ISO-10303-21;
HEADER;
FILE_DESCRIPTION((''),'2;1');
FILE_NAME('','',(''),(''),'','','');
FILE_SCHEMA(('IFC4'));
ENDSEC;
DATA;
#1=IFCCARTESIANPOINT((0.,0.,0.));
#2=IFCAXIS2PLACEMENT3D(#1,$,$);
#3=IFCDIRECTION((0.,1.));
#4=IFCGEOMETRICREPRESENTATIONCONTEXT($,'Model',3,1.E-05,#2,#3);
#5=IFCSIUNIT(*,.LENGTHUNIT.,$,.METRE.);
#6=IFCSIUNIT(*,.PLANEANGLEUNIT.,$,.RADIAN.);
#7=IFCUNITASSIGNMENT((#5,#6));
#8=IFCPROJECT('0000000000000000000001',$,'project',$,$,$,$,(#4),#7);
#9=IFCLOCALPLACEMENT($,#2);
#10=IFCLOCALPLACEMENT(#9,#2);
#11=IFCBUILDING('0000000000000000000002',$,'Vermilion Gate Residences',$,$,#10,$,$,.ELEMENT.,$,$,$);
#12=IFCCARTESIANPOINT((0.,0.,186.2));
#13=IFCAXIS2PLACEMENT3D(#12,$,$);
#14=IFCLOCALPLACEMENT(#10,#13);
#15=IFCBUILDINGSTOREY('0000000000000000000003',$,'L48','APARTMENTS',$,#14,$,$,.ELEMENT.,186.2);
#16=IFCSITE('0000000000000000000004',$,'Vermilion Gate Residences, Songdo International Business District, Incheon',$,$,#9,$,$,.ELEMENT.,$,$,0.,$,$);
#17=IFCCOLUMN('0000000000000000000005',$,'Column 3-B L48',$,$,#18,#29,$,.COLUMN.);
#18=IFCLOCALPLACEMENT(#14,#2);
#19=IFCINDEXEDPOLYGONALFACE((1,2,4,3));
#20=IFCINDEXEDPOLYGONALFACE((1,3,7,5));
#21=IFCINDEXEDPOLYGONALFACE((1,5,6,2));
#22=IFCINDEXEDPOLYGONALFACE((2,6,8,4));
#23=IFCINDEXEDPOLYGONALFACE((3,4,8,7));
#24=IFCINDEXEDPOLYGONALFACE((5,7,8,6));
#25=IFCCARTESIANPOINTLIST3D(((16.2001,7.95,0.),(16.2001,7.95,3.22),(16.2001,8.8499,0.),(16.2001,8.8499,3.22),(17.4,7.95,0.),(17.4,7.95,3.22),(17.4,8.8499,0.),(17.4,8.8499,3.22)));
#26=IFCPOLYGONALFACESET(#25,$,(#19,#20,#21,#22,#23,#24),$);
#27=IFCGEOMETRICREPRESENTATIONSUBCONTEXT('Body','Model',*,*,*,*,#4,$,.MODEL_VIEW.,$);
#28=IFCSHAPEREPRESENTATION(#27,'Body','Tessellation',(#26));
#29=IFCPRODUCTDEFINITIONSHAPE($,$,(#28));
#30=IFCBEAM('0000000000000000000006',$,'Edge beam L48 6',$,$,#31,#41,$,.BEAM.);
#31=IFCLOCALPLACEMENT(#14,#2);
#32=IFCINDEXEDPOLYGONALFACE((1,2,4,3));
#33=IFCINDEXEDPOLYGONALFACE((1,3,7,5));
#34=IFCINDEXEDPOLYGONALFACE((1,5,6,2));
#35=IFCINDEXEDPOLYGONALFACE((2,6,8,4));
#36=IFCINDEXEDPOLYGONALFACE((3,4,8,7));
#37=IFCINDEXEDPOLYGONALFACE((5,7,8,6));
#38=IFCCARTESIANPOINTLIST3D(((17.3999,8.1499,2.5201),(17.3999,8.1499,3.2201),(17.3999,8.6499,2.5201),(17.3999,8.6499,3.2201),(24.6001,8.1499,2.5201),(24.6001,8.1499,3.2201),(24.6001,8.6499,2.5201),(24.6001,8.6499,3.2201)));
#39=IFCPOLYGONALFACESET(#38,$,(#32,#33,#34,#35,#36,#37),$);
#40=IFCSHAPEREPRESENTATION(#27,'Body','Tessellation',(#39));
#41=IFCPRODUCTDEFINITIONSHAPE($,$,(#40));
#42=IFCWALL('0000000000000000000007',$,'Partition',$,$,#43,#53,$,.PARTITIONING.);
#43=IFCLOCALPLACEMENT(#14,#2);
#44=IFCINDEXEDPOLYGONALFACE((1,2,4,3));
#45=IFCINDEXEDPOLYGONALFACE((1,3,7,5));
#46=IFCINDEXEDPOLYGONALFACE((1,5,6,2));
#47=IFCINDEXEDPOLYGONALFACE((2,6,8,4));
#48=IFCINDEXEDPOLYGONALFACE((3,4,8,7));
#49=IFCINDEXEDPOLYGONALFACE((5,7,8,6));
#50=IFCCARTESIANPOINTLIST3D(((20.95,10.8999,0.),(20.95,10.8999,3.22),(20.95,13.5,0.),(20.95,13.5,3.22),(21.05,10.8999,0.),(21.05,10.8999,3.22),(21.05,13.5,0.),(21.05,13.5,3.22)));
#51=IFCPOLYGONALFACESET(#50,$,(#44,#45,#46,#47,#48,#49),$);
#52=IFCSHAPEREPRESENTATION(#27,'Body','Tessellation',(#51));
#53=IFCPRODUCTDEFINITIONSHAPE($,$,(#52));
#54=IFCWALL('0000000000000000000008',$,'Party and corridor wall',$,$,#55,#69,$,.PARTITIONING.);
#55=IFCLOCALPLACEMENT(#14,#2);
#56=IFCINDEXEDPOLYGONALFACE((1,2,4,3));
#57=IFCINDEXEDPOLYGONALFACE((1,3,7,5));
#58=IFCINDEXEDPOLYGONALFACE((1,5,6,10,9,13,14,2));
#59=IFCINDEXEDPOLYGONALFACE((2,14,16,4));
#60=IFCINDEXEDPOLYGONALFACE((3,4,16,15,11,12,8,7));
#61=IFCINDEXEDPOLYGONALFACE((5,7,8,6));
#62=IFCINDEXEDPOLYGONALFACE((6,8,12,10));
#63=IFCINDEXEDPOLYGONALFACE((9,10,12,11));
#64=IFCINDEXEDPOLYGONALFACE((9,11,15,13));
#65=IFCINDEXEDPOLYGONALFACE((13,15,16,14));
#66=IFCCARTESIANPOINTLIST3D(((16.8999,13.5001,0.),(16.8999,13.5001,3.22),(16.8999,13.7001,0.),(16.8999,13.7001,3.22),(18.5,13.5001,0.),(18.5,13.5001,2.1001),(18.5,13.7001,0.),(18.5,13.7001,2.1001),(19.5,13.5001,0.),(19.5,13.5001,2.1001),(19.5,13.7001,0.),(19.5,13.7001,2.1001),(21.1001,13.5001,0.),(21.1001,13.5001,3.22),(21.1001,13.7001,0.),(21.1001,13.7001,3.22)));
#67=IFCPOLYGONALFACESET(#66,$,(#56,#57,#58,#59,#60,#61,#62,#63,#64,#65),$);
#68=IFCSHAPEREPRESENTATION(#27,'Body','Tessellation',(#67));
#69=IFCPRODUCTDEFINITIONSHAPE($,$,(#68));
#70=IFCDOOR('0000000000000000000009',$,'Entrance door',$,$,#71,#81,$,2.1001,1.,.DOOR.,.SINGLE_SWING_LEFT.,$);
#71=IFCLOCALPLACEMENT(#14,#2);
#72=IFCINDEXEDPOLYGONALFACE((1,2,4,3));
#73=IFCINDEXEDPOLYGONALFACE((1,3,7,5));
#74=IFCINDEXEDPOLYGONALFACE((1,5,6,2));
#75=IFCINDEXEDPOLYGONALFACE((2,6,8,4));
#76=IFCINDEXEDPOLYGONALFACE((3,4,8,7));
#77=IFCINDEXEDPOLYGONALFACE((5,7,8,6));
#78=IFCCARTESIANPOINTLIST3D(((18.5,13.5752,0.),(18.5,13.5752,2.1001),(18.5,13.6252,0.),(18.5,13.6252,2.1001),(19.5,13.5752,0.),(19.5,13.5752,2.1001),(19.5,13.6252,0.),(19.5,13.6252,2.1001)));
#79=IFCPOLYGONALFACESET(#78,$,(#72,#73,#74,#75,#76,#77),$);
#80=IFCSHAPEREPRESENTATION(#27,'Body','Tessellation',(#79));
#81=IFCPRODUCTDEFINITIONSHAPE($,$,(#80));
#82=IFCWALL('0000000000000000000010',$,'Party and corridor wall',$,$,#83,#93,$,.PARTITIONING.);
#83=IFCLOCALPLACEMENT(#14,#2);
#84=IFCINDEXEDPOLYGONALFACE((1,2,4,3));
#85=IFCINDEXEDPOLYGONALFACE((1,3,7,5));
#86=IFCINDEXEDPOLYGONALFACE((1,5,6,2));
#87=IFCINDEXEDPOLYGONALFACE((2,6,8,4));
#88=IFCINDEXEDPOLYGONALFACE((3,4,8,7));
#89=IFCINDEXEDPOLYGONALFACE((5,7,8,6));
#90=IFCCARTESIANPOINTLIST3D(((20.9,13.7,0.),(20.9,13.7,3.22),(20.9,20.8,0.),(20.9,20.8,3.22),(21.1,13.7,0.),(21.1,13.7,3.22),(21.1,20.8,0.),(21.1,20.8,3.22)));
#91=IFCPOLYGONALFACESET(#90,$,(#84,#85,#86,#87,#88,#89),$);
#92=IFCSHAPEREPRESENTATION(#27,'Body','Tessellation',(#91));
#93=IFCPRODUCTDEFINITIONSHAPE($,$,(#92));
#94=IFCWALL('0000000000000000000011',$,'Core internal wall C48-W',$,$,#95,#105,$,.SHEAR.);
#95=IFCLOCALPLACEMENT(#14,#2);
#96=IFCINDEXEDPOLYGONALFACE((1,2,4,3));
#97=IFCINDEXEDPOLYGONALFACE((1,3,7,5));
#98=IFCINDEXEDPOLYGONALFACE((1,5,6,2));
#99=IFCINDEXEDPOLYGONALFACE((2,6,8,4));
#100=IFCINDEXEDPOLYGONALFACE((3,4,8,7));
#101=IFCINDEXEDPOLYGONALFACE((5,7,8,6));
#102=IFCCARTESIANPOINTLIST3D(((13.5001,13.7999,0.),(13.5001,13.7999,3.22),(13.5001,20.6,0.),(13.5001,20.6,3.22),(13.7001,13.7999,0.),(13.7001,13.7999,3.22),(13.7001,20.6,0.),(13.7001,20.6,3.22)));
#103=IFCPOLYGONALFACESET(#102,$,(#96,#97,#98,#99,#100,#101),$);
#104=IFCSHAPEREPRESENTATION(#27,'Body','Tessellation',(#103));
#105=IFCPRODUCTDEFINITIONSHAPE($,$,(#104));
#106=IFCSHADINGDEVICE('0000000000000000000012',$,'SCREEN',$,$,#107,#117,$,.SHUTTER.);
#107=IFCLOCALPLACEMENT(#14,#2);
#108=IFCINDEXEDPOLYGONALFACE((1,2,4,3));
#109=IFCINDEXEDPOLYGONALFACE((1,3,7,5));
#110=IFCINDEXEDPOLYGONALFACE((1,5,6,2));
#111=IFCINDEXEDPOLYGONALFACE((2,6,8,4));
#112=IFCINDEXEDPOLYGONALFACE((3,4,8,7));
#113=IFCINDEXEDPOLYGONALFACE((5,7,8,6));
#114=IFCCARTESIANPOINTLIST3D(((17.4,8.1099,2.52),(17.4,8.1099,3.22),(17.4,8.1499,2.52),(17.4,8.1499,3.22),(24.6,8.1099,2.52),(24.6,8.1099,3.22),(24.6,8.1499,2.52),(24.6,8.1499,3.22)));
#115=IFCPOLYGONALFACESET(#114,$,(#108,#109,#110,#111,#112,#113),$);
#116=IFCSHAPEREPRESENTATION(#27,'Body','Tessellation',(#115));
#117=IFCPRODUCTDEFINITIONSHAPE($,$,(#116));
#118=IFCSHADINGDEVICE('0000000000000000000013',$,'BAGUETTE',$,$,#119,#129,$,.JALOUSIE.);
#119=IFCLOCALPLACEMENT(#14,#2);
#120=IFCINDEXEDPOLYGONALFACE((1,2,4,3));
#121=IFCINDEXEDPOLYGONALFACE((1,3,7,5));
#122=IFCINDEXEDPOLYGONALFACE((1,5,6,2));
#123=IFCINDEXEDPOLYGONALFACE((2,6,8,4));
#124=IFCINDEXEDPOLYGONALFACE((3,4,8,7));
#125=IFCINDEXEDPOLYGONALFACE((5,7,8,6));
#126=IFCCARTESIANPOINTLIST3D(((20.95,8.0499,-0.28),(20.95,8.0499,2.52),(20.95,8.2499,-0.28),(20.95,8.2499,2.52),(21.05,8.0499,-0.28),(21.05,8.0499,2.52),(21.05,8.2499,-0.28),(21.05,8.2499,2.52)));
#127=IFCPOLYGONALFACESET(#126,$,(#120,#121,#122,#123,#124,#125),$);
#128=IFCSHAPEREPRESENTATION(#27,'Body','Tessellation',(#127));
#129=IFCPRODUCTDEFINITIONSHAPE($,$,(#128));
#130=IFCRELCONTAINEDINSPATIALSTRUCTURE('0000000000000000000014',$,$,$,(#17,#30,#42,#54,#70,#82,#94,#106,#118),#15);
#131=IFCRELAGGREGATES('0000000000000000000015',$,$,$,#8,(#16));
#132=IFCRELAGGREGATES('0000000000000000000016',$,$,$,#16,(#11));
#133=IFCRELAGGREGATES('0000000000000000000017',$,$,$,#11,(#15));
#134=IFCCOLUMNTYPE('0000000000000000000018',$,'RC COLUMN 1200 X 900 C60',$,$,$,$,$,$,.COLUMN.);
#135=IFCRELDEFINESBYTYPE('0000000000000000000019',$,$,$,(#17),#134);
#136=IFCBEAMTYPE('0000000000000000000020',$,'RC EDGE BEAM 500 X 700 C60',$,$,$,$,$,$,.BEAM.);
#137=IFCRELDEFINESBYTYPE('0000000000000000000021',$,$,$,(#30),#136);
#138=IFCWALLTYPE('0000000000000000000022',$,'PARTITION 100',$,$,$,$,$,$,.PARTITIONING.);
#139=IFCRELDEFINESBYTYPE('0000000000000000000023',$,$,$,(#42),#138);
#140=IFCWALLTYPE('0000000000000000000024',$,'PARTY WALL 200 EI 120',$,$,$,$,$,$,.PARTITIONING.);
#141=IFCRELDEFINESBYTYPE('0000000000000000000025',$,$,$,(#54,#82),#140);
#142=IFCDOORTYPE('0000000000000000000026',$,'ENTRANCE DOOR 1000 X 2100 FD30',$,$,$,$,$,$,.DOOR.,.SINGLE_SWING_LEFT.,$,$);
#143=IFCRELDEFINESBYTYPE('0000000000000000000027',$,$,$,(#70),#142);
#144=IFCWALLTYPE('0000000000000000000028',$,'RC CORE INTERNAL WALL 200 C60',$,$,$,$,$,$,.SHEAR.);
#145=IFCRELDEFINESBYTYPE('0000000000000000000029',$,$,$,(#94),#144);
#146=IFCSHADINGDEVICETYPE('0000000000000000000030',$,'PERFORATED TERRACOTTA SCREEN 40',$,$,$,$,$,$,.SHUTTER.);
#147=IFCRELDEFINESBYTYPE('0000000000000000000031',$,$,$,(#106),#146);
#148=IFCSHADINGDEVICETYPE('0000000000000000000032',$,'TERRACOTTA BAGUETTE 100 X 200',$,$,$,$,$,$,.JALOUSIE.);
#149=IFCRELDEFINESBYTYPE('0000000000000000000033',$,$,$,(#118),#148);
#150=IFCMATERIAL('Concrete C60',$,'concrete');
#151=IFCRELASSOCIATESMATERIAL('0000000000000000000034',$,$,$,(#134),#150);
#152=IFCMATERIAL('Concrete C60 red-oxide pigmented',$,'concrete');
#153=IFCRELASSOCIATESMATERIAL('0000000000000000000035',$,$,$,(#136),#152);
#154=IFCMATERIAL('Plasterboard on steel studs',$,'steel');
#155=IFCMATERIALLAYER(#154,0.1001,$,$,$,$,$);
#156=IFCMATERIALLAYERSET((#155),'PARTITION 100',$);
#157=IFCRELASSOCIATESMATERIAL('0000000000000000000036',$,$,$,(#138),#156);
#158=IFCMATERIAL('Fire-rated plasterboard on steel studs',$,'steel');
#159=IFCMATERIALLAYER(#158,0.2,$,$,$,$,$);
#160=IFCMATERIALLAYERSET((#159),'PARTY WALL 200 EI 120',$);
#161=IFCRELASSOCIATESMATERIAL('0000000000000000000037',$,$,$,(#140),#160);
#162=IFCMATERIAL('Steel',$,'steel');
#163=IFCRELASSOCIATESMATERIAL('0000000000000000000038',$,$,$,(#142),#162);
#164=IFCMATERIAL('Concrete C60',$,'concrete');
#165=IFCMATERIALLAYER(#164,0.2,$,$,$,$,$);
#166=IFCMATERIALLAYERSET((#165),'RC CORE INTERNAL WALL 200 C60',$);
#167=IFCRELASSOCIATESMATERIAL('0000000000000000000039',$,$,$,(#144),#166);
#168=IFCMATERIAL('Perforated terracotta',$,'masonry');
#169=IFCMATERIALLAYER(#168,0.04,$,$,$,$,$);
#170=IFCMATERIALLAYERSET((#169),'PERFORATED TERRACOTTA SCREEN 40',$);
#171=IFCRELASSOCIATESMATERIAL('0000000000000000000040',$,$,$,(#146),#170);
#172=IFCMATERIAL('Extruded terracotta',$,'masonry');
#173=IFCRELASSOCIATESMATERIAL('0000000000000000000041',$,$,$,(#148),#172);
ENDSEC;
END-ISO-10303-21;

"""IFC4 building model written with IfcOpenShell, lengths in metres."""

from ifc_helpers import new_model, si_unit, direction, frame, frame_2d, origin, origin_2d, place, context, subcontext, project, spatial, rectangle, extrude, material, layer, layer_set, material_profile, profile_set, type_object, element, fill, save


model = new_model("IFC4")

# Units and contexts
model_context = context("Model", 3, precision=1e-05, world=origin(), true_north=direction((0.0, 1.0)))
body_context = subcontext(model_context, "Body", "Model", "MODEL_VIEW")
ifc_project = project(units=[si_unit("LENGTHUNIT", "METRE"), si_unit("PLANEANGLEUNIT", "RADIAN")], contexts=[model_context])

# Site, building, storey
site_placement = place(None, origin())
site = spatial("IfcSite", under=ifc_project, at=site_placement, Name="Vermilion Gate Residences, Songdo International Business District, Incheon", CompositionType="ELEMENT", RefElevation=0.0)
building_placement = place(site_placement, origin())
building = spatial("IfcBuilding", under=site, at=building_placement, Name="Vermilion Gate Residences", CompositionType="ELEMENT")
storey_placement = place(building_placement, frame((0.0, 0.0, 186.2)))
storey = spatial("IfcBuildingStorey", under=building, at=storey_placement, Name="L48", Description="APARTMENTS", CompositionType="ELEMENT", Elevation=186.2)

# Column
ifc_material_1 = material(Name="Concrete C60", Category="concrete")
ifc_material_profile_1 = material_profile(ifc_material_1, rectangle(XDim=1.2, YDim=0.8999, at=origin_2d()), Name="RC-1200x900")
ifc_profile_set_1 = profile_set([ifc_material_profile_1], Name="Concrete C60")
column_type = type_object("IfcColumnType", Name="RC COLUMN 1200 X 900 C60", PredefinedType="COLUMN", material=ifc_profile_set_1)
column_placement = place(storey_placement, frame((16.8, 8.3999, 0.0), z_axis=(0.0, 0.0, 1.0), x_axis=(1.0, 0.0, 0.0)))
element("IfcColumn", 1, at=column_placement, inside=storey, type_object=column_type, Name="Column 3-B L48", PredefinedType="COLUMN", context=body_context, shape_type="SweptSolid", body=[
    extrude(rectangle(XDim=1.2, YDim=0.8999, at=origin_2d()), origin(), (0.0, 0.0, 1.0), 3.22),
])

# Beam
ifc_material_2 = material(Name="Concrete C60 red-oxide pigmented", Category="concrete")
ifc_material_profile_2 = material_profile(ifc_material_2, rectangle(XDim=0.5, YDim=0.7, at=origin_2d()), Name="RC-500x700")
ifc_profile_set_2 = profile_set([ifc_material_profile_2], Name="Concrete C60 red-oxide pigmented")
beam_type = type_object("IfcBeamType", Name="RC EDGE BEAM 500 X 700 C60", PredefinedType="BEAM", material=ifc_profile_set_2)
beam_placement = place(storey_placement, frame((17.3999, 8.3999, 2.8701), z_axis=(1.0, 0.0, 0.0), x_axis=(0.0, 1.0, 0.0)))
element("IfcBeam", 2, at=beam_placement, inside=storey, type_object=beam_type, Name="Edge beam L48 6", PredefinedType="BEAM", context=body_context, shape_type="SweptSolid", body=[
    extrude(rectangle(XDim=0.5, YDim=0.7, at=origin_2d()), origin(), (0.0, 0.0, 1.0), 7.2002),
])

# Wall
ifc_material_3 = material(Name="Plasterboard on steel studs", Category="steel")
ifc_layer_1 = layer(ifc_material_3, 0.1001)
ifc_layer_set_1 = layer_set([ifc_layer_1], Name="PARTITION 100")
wall_type_1 = type_object("IfcWallType", Name="PARTITION 100", PredefinedType="PARTITIONING", material=ifc_layer_set_1)
wall_1_placement = place(storey_placement, frame((21.0, 10.8999, 0.0), z_axis=(0.0, 0.0, 1.0), x_axis=(0.0, 1.0, 0.0)))
element("IfcWall", 3, at=wall_1_placement, inside=storey, type_object=wall_type_1, Name="Partition", PredefinedType="PARTITIONING", context=body_context, shape_type="SweptSolid", body=[
    extrude(rectangle(XDim=2.6001, YDim=0.1001, at=frame_2d((1.3, 0.0))), origin(), (0.0, 0.0, 1.0), 3.22),
])

# Wall, opening, door
ifc_material_4 = material(Name="Fire-rated plasterboard on steel studs", Category="steel")
ifc_layer_2 = layer(ifc_material_4, 0.2)
ifc_layer_set_2 = layer_set([ifc_layer_2], Name="PARTY WALL 200 EI 120")
wall_type_2 = type_object("IfcWallType", Name="PARTY WALL 200 EI 120", PredefinedType="PARTITIONING", material=ifc_layer_set_2)
wall_2_placement = place(storey_placement, frame((16.8999, 13.6001, 0.0), z_axis=(0.0, 0.0, 1.0), x_axis=(1.0, 0.0, 0.0)))
wall_2 = element("IfcWall", 4, at=wall_2_placement, inside=storey, type_object=wall_type_2, Name="Party and corridor wall", PredefinedType="PARTITIONING", context=body_context, shape_type="SweptSolid", body=[
    extrude(rectangle(XDim=4.2002, YDim=0.2, at=frame_2d((2.1001, 0.0))), origin(), (0.0, 0.0, 1.0), 3.22),
])
opening_placement = place(wall_2_placement, frame((1.6001, 0.0, 0.0)))
opening = element("IfcOpeningElement", 5, at=opening_placement, cuts=wall_2, PredefinedType="OPENING", context=body_context, shape_type="SweptSolid", body=[
    extrude(rectangle(XDim=1.0, YDim=2.1001, at=frame_2d((0.5, 1.05))), frame((0.0, 0.1099, 0.0), z_axis=(0.0, -1.0, 0.0), x_axis=(1.0, 0.0, 0.0)), (0.0, 0.0, 1.0), 0.22),
])
ifc_material_5 = material(Name="Steel", Category="steel")
door_type = type_object("IfcDoorType", Name="ENTRANCE DOOR 1000 X 2100 FD30", OperationType="SINGLE_SWING_LEFT", PredefinedType="DOOR", material=ifc_material_5)
door_placement = place(opening_placement, frame((1.0, 0.0, 0.0), z_axis=(0.0, 0.0, 1.0), x_axis=(-1.0, 0.0, 0.0)))
door = element("IfcDoor", 6, at=door_placement, inside=storey, type_object=door_type, Name="Entrance door", OperationType="SINGLE_SWING_LEFT", OverallHeight=2.1001, OverallWidth=1.0, PredefinedType="DOOR", context=body_context, shape_type="SweptSolid", body=[
    extrude(rectangle(XDim=1.0, YDim=2.1001, at=frame_2d((0.5, 1.05))), frame((0.0, 0.0249, 0.0), z_axis=(0.0, -1.0, 0.0), x_axis=(1.0, 0.0, 0.0)), (0.0, 0.0, 1.0), 0.05),
])
fill(opening, door)

# Walls
wall_3_placement = place(storey_placement, frame((21.0, 13.7, 0.0), z_axis=(0.0, 0.0, 1.0), x_axis=(0.0, 1.0, 0.0)))
element("IfcWall", 7, at=wall_3_placement, inside=storey, type_object=wall_type_2, Name="Party and corridor wall", PredefinedType="PARTITIONING", context=body_context, shape_type="SweptSolid", body=[
    extrude(rectangle(XDim=7.1001, YDim=0.2, at=frame_2d((3.55, 0.0))), origin(), (0.0, 0.0, 1.0), 3.22),
])
ifc_material_6 = material(Name="Concrete C60", Category="concrete")
ifc_layer_3 = layer(ifc_material_6, 0.2)
ifc_layer_set_3 = layer_set([ifc_layer_3], Name="RC CORE INTERNAL WALL 200 C60")
wall_type_3 = type_object("IfcWallType", Name="RC CORE INTERNAL WALL 200 C60", PredefinedType="SHEAR", material=ifc_layer_set_3)
wall_4_placement = place(storey_placement, frame((13.6001, 13.8, 0.0), z_axis=(0.0, 0.0, 1.0), x_axis=(0.0, 1.0, 0.0)))
element("IfcWall", 8, at=wall_4_placement, inside=storey, type_object=wall_type_3, Name="Core internal wall C48-W", PredefinedType="SHEAR", context=body_context, shape_type="SweptSolid", body=[
    extrude(rectangle(XDim=6.8, YDim=0.2, at=frame_2d((3.3999, 0.0))), origin(), (0.0, 0.0, 1.0), 3.22),
])

# Shading devices
ifc_material_7 = material(Name="Perforated terracotta", Category="masonry")
ifc_layer_4 = layer(ifc_material_7, 0.04)
ifc_layer_set_4 = layer_set([ifc_layer_4], Name="PERFORATED TERRACOTTA SCREEN 40")
shading_device_type_1 = type_object("IfcShadingDeviceType", Name="PERFORATED TERRACOTTA SCREEN 40", PredefinedType="SHUTTER", material=ifc_layer_set_4)
shading_device_1_placement = place(storey_placement, frame((21.0, 8.1299, 2.52), z_axis=(0.0, 0.0, 1.0), x_axis=(1.0, 0.0, 0.0)))
element("IfcShadingDevice", 9, at=shading_device_1_placement, inside=storey, type_object=shading_device_type_1, Name="SCREEN", PredefinedType="SHUTTER", context=body_context, shape_type="SweptSolid", body=[
    extrude(rectangle(XDim=7.2, YDim=0.04, at=origin_2d()), origin(), (0.0, 0.0, 1.0), 0.7),
])
ifc_material_8 = material(Name="Extruded terracotta", Category="masonry")
ifc_material_profile_3 = material_profile(ifc_material_8, rectangle(XDim=0.2, YDim=0.1001, at=origin_2d()), Name="BAGUETTE 100 X 200")
ifc_profile_set_3 = profile_set([ifc_material_profile_3], Name="Extruded terracotta")
shading_device_type_2 = type_object("IfcShadingDeviceType", Name="TERRACOTTA BAGUETTE 100 X 200", PredefinedType="JALOUSIE", material=ifc_profile_set_3)
shading_device_2_placement = place(storey_placement, frame((21.0, 8.1499, -0.28), z_axis=(0.0, 0.0, 1.0), x_axis=(0.0, 1.0, 0.0)))
element("IfcShadingDevice", 10, at=shading_device_2_placement, inside=storey, type_object=shading_device_type_2, Name="BAGUETTE", PredefinedType="JALOUSIE", context=body_context, shape_type="SweptSolid", body=[
    extrude(rectangle(XDim=0.2, YDim=0.1001, at=origin_2d()), origin(), (0.0, 0.0, 1.0), 2.8),
])

save(model, "model.ifc")
